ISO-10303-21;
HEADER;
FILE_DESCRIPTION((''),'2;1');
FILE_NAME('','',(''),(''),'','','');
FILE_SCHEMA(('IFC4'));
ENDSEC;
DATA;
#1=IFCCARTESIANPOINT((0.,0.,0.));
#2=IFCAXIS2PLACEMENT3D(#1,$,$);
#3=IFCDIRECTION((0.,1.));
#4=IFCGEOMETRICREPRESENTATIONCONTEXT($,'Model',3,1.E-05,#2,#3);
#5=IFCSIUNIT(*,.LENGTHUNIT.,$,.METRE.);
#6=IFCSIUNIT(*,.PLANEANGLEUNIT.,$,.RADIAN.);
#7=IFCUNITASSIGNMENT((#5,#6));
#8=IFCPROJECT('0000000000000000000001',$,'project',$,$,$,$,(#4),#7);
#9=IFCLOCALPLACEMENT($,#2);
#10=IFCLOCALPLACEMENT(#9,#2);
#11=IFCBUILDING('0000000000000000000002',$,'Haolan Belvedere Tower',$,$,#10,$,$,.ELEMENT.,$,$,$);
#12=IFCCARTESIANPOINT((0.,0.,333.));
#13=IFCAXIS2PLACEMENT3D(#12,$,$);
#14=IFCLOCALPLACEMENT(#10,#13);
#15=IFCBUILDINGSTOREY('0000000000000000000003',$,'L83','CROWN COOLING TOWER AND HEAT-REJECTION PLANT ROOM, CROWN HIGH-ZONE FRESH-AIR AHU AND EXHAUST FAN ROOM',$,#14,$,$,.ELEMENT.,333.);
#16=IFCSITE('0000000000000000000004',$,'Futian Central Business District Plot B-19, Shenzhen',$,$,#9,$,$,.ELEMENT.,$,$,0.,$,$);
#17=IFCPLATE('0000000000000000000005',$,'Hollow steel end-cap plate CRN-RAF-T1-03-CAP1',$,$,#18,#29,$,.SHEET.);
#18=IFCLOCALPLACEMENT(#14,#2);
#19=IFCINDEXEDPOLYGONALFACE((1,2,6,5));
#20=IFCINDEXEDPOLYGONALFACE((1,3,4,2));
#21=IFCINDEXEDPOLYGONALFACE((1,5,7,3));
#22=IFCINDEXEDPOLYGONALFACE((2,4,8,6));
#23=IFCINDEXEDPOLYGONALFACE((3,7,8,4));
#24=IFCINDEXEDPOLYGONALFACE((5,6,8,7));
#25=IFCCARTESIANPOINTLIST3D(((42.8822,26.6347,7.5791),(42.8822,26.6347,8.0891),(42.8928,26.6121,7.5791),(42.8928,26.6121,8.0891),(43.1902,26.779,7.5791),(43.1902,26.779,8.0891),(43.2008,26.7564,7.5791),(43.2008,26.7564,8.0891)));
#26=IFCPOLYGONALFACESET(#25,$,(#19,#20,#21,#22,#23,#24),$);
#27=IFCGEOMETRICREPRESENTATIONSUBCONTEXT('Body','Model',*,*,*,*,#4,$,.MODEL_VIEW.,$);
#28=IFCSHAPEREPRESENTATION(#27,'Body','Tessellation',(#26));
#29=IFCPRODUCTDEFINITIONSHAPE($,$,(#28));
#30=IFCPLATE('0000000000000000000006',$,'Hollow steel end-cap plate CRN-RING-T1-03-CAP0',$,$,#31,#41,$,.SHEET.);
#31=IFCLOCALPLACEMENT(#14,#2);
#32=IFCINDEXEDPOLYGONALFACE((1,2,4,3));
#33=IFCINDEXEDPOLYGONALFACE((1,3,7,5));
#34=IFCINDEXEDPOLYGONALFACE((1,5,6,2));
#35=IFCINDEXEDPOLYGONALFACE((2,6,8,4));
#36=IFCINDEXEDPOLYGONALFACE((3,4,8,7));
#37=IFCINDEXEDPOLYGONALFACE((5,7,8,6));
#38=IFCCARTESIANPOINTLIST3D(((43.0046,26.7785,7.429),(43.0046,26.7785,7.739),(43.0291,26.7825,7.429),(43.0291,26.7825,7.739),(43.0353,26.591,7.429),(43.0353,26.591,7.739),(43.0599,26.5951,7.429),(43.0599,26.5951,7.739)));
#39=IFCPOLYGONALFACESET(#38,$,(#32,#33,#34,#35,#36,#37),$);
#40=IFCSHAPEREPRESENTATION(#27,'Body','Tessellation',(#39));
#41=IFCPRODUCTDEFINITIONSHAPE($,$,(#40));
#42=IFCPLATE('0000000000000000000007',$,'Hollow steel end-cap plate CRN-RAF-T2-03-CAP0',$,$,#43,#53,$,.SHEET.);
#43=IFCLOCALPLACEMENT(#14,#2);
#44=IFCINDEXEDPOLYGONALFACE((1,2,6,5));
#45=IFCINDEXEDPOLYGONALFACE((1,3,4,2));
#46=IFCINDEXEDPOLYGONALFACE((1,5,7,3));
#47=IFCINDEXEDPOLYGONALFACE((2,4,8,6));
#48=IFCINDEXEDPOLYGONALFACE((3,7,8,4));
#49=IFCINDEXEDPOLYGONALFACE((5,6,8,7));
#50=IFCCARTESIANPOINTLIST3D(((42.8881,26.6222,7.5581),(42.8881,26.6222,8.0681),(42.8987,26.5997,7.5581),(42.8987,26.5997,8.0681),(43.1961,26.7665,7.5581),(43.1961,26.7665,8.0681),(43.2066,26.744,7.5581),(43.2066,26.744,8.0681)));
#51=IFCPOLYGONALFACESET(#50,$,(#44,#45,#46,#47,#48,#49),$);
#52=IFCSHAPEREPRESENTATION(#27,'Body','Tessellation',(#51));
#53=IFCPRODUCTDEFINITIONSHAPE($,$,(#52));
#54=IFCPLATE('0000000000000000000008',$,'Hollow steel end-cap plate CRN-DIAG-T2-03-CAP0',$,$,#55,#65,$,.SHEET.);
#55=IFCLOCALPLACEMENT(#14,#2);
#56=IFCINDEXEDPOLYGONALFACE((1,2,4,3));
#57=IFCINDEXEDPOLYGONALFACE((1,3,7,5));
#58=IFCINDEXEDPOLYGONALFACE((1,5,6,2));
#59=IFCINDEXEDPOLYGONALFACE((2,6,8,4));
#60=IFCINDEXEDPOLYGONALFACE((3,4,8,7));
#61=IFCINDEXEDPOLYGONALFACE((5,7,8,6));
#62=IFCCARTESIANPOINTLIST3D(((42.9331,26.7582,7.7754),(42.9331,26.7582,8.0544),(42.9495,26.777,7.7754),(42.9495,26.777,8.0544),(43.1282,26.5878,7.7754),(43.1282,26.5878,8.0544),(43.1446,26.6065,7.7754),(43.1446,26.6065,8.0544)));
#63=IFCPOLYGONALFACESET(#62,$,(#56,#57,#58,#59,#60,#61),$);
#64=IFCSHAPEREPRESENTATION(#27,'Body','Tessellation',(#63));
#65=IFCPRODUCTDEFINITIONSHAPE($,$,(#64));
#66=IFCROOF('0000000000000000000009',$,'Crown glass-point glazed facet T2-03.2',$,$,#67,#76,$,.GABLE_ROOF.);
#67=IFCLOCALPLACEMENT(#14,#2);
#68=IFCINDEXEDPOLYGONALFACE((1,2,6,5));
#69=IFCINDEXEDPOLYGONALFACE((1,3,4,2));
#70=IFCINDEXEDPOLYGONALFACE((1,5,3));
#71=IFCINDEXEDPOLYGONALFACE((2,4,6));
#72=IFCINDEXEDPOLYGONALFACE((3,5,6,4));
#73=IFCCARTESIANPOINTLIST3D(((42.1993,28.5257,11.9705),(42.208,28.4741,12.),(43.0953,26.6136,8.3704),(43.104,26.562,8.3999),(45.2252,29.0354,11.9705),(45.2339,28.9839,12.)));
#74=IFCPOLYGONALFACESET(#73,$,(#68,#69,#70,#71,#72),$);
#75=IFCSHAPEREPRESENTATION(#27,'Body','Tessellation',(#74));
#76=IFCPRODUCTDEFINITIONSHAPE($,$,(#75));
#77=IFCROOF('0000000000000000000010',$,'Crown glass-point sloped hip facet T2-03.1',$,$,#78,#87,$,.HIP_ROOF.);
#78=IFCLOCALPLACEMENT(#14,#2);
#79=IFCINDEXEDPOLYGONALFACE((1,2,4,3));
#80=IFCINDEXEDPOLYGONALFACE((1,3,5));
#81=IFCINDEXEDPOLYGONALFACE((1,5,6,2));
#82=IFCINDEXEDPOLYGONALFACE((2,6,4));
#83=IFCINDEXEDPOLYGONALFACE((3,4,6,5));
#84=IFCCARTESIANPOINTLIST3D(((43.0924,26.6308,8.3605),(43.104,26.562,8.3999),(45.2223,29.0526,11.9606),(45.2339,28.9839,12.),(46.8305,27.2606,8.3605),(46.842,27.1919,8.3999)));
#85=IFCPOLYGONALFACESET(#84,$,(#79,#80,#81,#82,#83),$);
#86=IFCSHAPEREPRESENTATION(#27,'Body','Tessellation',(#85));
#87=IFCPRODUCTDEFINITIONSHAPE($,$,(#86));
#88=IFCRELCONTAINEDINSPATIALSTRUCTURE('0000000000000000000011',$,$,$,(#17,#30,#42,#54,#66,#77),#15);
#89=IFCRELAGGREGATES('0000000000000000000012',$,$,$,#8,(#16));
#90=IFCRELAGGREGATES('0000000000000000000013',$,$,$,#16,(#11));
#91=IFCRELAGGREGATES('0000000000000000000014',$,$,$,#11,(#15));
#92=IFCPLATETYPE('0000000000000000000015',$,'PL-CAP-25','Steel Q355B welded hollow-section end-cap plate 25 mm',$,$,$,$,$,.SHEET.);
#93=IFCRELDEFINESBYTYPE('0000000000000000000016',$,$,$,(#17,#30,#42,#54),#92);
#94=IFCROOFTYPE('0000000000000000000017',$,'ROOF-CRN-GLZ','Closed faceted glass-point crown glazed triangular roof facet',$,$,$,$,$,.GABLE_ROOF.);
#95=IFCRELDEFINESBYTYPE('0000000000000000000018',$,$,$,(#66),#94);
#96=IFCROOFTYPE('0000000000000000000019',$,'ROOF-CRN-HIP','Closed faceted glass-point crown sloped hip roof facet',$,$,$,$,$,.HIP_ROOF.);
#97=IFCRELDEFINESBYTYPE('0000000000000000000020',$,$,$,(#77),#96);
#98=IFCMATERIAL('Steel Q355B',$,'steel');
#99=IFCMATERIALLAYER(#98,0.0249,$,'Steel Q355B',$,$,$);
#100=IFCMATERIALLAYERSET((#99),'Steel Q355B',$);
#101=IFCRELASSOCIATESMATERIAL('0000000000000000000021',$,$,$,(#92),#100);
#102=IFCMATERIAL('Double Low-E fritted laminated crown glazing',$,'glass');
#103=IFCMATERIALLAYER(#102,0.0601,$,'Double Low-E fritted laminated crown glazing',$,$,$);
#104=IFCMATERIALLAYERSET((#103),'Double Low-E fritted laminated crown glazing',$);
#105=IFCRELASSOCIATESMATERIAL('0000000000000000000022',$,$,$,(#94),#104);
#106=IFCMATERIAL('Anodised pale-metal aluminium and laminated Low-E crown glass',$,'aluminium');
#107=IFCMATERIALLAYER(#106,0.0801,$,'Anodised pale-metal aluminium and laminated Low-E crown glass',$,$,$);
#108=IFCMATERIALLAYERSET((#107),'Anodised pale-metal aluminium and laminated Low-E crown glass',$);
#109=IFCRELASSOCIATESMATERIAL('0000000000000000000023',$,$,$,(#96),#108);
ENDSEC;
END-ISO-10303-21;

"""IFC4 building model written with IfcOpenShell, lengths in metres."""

from ifc_helpers import new_model, si_unit, direction, frame, origin, origin_2d, place, context, subcontext, project, spatial, polyline, rectangle, outline, extrude, material, layer, layer_set, type_object, element, save


model = new_model("IFC4")

# Units and contexts
model_context = context("Model", 3, precision=1e-05, world=origin(), true_north=direction((0.0, 1.0)))
body_context = subcontext(model_context, "Body", "Model", "MODEL_VIEW")
ifc_project = project(units=[si_unit("LENGTHUNIT", "METRE"), si_unit("PLANEANGLEUNIT", "RADIAN")], contexts=[model_context])

# Site, building, storey
site_placement = place(None, origin())
site = spatial("IfcSite", under=ifc_project, at=site_placement, Name="Futian Central Business District Plot B-19, Shenzhen", CompositionType="ELEMENT", RefElevation=0.0)
building_placement = place(site_placement, origin())
building = spatial("IfcBuilding", under=site, at=building_placement, Name="Haolan Belvedere Tower", CompositionType="ELEMENT")
storey_placement = place(building_placement, frame((0.0, 0.0, 333.0)))
storey = spatial("IfcBuildingStorey", under=building, at=storey_placement, Name="L83", Description="CROWN COOLING TOWER AND HEAT-REJECTION PLANT ROOM, CROWN HIGH-ZONE FRESH-AIR AHU AND EXHAUST FAN ROOM", CompositionType="ELEMENT", Elevation=333.0)

# Shared definitions
ifc_material_1 = material(Name="Steel Q355B", Category="steel")

# Plates
ifc_layer_1 = layer(ifc_material_1, 0.0249, Name="Steel Q355B")
ifc_layer_set_1 = layer_set([ifc_layer_1], Name="Steel Q355B")
plate_type_1 = type_object("IfcPlateType", Name="PL-CAP-25", Description="Steel Q355B welded hollow-section end-cap plate 25 mm", PredefinedType="SHEET", material=ifc_layer_set_1)
plate_1_placement = place(storey_placement, frame((43.0415, 26.6956, 7.5791), z_axis=(0.0, 0.0, 1.0), x_axis=(-0.90551, -0.424326, 0.0)))
element("IfcPlate", 1, at=plate_1_placement, inside=storey, type_object=plate_type_1, Name="Hollow steel end-cap plate CRN-RAF-T1-03-CAP1", PredefinedType="SHEET", context=body_context, shape_type="SweptSolid", body=[
    extrude(rectangle(XDim=0.3401, YDim=0.0249, at=origin_2d()), origin(), (0.0, 0.0, 1.0), 0.51),
])
plate_2_placement = place(storey_placement, frame((43.0322, 26.6868, 7.429), z_axis=(0.0, 0.0, 1.0), x_axis=(0.161828, -0.986819, 0.0)))
element("IfcPlate", 2, at=plate_2_placement, inside=storey, type_object=plate_type_1, Name="Hollow steel end-cap plate CRN-RING-T1-03-CAP0", PredefinedType="SHEET", context=body_context, shape_type="SweptSolid", body=[
    extrude(rectangle(XDim=0.1899, YDim=0.0249, at=origin_2d()), origin(), (0.0, 0.0, 1.0), 0.3101),
])
plate_3_placement = place(storey_placement, frame((43.0474, 26.6831, 7.5581), z_axis=(0.0, 0.0, 1.0), x_axis=(0.905502, 0.424342, 0.0)))
element("IfcPlate", 3, at=plate_3_placement, inside=storey, type_object=plate_type_1, Name="Hollow steel end-cap plate CRN-RAF-T2-03-CAP0", PredefinedType="SHEET", context=body_context, shape_type="SweptSolid", body=[
    extrude(rectangle(XDim=0.3401, YDim=0.0249, at=origin_2d()), origin(), (0.0, 0.0, 1.0), 0.51),
])
plate_4_placement = place(storey_placement, frame((43.0388, 26.6824, 7.7754), z_axis=(0.0, 0.0, 1.0), x_axis=(0.753127, -0.657875, 0.0)))
element("IfcPlate", 4, at=plate_4_placement, inside=storey, type_object=plate_type_1, Name="Hollow steel end-cap plate CRN-DIAG-T2-03-CAP0", PredefinedType="SHEET", context=body_context, shape_type="SweptSolid", body=[
    extrude(rectangle(XDim=0.259, YDim=0.0249, at=origin_2d()), origin(), (0.0, 0.0, 1.0), 0.2791),
])

# Roofs
ifc_material_2 = material(Name="Double Low-E fritted laminated crown glazing", Category="glass")
ifc_layer_2 = layer(ifc_material_2, 0.0601, Name="Double Low-E fritted laminated crown glazing")
ifc_layer_set_2 = layer_set([ifc_layer_2], Name="Double Low-E fritted laminated crown glazing")
roof_type_1 = type_object("IfcRoofType", Name="ROOF-CRN-GLZ", Description="Closed faceted glass-point crown glazed triangular roof facet", PredefinedType="GABLE_ROOF", material=ifc_layer_set_2)
roof_1_placement = place(storey_placement, frame((43.104, 26.562, 8.3999), z_axis=(0.144632, -0.858512, 0.491975), x_axis=(0.440652, 0.501062, 0.744824)))
element("IfcRoof", 5, at=roof_1_placement, inside=storey, type_object=roof_type_1, Name="Crown glass-point glazed facet T2-03.2", PredefinedType="GABLE_ROOF", context=body_context, shape_type="SweptSolid", body=[
    extrude(outline(polyline([(0.0, 0.0), (4.8335, 0.0), (3.2447, 2.6252), (0.0, 0.0)])), origin(), (0.0, 0.0, -1.0), 0.0601),
])
ifc_material_3 = material(Name="Anodised pale-metal aluminium and laminated Low-E crown glass", Category="aluminium")
ifc_layer_3 = layer(ifc_material_3, 0.0801, Name="Anodised pale-metal aluminium and laminated Low-E crown glass")
ifc_layer_set_3 = layer_set([ifc_layer_3], Name="Anodised pale-metal aluminium and laminated Low-E crown glass")
roof_type_2 = type_object("IfcRoofType", Name="ROOF-CRN-HIP", Description="Closed faceted glass-point crown sloped hip roof facet", PredefinedType="HIP_ROOF", material=ifc_layer_set_3)
roof_2_placement = place(storey_placement, frame((43.104, 26.562, 8.3999), z_axis=(0.144665, -0.858516, 0.491958), x_axis=(0.986098, 0.166164, 0.0)))
element("IfcRoof", 6, at=roof_2_placement, inside=storey, type_object=roof_type_2, Name="Crown glass-point sloped hip facet T2-03.1", PredefinedType="HIP_ROOF", context=body_context, shape_type="SweptSolid", body=[
    extrude(outline(polyline([(0.0, 0.0), (3.7907, 0.0), (2.5027, 4.1351), (0.0, 0.0)])), origin(), (0.0, 0.0, -1.0), 0.0801),
])

save(model, "model.ifc")
